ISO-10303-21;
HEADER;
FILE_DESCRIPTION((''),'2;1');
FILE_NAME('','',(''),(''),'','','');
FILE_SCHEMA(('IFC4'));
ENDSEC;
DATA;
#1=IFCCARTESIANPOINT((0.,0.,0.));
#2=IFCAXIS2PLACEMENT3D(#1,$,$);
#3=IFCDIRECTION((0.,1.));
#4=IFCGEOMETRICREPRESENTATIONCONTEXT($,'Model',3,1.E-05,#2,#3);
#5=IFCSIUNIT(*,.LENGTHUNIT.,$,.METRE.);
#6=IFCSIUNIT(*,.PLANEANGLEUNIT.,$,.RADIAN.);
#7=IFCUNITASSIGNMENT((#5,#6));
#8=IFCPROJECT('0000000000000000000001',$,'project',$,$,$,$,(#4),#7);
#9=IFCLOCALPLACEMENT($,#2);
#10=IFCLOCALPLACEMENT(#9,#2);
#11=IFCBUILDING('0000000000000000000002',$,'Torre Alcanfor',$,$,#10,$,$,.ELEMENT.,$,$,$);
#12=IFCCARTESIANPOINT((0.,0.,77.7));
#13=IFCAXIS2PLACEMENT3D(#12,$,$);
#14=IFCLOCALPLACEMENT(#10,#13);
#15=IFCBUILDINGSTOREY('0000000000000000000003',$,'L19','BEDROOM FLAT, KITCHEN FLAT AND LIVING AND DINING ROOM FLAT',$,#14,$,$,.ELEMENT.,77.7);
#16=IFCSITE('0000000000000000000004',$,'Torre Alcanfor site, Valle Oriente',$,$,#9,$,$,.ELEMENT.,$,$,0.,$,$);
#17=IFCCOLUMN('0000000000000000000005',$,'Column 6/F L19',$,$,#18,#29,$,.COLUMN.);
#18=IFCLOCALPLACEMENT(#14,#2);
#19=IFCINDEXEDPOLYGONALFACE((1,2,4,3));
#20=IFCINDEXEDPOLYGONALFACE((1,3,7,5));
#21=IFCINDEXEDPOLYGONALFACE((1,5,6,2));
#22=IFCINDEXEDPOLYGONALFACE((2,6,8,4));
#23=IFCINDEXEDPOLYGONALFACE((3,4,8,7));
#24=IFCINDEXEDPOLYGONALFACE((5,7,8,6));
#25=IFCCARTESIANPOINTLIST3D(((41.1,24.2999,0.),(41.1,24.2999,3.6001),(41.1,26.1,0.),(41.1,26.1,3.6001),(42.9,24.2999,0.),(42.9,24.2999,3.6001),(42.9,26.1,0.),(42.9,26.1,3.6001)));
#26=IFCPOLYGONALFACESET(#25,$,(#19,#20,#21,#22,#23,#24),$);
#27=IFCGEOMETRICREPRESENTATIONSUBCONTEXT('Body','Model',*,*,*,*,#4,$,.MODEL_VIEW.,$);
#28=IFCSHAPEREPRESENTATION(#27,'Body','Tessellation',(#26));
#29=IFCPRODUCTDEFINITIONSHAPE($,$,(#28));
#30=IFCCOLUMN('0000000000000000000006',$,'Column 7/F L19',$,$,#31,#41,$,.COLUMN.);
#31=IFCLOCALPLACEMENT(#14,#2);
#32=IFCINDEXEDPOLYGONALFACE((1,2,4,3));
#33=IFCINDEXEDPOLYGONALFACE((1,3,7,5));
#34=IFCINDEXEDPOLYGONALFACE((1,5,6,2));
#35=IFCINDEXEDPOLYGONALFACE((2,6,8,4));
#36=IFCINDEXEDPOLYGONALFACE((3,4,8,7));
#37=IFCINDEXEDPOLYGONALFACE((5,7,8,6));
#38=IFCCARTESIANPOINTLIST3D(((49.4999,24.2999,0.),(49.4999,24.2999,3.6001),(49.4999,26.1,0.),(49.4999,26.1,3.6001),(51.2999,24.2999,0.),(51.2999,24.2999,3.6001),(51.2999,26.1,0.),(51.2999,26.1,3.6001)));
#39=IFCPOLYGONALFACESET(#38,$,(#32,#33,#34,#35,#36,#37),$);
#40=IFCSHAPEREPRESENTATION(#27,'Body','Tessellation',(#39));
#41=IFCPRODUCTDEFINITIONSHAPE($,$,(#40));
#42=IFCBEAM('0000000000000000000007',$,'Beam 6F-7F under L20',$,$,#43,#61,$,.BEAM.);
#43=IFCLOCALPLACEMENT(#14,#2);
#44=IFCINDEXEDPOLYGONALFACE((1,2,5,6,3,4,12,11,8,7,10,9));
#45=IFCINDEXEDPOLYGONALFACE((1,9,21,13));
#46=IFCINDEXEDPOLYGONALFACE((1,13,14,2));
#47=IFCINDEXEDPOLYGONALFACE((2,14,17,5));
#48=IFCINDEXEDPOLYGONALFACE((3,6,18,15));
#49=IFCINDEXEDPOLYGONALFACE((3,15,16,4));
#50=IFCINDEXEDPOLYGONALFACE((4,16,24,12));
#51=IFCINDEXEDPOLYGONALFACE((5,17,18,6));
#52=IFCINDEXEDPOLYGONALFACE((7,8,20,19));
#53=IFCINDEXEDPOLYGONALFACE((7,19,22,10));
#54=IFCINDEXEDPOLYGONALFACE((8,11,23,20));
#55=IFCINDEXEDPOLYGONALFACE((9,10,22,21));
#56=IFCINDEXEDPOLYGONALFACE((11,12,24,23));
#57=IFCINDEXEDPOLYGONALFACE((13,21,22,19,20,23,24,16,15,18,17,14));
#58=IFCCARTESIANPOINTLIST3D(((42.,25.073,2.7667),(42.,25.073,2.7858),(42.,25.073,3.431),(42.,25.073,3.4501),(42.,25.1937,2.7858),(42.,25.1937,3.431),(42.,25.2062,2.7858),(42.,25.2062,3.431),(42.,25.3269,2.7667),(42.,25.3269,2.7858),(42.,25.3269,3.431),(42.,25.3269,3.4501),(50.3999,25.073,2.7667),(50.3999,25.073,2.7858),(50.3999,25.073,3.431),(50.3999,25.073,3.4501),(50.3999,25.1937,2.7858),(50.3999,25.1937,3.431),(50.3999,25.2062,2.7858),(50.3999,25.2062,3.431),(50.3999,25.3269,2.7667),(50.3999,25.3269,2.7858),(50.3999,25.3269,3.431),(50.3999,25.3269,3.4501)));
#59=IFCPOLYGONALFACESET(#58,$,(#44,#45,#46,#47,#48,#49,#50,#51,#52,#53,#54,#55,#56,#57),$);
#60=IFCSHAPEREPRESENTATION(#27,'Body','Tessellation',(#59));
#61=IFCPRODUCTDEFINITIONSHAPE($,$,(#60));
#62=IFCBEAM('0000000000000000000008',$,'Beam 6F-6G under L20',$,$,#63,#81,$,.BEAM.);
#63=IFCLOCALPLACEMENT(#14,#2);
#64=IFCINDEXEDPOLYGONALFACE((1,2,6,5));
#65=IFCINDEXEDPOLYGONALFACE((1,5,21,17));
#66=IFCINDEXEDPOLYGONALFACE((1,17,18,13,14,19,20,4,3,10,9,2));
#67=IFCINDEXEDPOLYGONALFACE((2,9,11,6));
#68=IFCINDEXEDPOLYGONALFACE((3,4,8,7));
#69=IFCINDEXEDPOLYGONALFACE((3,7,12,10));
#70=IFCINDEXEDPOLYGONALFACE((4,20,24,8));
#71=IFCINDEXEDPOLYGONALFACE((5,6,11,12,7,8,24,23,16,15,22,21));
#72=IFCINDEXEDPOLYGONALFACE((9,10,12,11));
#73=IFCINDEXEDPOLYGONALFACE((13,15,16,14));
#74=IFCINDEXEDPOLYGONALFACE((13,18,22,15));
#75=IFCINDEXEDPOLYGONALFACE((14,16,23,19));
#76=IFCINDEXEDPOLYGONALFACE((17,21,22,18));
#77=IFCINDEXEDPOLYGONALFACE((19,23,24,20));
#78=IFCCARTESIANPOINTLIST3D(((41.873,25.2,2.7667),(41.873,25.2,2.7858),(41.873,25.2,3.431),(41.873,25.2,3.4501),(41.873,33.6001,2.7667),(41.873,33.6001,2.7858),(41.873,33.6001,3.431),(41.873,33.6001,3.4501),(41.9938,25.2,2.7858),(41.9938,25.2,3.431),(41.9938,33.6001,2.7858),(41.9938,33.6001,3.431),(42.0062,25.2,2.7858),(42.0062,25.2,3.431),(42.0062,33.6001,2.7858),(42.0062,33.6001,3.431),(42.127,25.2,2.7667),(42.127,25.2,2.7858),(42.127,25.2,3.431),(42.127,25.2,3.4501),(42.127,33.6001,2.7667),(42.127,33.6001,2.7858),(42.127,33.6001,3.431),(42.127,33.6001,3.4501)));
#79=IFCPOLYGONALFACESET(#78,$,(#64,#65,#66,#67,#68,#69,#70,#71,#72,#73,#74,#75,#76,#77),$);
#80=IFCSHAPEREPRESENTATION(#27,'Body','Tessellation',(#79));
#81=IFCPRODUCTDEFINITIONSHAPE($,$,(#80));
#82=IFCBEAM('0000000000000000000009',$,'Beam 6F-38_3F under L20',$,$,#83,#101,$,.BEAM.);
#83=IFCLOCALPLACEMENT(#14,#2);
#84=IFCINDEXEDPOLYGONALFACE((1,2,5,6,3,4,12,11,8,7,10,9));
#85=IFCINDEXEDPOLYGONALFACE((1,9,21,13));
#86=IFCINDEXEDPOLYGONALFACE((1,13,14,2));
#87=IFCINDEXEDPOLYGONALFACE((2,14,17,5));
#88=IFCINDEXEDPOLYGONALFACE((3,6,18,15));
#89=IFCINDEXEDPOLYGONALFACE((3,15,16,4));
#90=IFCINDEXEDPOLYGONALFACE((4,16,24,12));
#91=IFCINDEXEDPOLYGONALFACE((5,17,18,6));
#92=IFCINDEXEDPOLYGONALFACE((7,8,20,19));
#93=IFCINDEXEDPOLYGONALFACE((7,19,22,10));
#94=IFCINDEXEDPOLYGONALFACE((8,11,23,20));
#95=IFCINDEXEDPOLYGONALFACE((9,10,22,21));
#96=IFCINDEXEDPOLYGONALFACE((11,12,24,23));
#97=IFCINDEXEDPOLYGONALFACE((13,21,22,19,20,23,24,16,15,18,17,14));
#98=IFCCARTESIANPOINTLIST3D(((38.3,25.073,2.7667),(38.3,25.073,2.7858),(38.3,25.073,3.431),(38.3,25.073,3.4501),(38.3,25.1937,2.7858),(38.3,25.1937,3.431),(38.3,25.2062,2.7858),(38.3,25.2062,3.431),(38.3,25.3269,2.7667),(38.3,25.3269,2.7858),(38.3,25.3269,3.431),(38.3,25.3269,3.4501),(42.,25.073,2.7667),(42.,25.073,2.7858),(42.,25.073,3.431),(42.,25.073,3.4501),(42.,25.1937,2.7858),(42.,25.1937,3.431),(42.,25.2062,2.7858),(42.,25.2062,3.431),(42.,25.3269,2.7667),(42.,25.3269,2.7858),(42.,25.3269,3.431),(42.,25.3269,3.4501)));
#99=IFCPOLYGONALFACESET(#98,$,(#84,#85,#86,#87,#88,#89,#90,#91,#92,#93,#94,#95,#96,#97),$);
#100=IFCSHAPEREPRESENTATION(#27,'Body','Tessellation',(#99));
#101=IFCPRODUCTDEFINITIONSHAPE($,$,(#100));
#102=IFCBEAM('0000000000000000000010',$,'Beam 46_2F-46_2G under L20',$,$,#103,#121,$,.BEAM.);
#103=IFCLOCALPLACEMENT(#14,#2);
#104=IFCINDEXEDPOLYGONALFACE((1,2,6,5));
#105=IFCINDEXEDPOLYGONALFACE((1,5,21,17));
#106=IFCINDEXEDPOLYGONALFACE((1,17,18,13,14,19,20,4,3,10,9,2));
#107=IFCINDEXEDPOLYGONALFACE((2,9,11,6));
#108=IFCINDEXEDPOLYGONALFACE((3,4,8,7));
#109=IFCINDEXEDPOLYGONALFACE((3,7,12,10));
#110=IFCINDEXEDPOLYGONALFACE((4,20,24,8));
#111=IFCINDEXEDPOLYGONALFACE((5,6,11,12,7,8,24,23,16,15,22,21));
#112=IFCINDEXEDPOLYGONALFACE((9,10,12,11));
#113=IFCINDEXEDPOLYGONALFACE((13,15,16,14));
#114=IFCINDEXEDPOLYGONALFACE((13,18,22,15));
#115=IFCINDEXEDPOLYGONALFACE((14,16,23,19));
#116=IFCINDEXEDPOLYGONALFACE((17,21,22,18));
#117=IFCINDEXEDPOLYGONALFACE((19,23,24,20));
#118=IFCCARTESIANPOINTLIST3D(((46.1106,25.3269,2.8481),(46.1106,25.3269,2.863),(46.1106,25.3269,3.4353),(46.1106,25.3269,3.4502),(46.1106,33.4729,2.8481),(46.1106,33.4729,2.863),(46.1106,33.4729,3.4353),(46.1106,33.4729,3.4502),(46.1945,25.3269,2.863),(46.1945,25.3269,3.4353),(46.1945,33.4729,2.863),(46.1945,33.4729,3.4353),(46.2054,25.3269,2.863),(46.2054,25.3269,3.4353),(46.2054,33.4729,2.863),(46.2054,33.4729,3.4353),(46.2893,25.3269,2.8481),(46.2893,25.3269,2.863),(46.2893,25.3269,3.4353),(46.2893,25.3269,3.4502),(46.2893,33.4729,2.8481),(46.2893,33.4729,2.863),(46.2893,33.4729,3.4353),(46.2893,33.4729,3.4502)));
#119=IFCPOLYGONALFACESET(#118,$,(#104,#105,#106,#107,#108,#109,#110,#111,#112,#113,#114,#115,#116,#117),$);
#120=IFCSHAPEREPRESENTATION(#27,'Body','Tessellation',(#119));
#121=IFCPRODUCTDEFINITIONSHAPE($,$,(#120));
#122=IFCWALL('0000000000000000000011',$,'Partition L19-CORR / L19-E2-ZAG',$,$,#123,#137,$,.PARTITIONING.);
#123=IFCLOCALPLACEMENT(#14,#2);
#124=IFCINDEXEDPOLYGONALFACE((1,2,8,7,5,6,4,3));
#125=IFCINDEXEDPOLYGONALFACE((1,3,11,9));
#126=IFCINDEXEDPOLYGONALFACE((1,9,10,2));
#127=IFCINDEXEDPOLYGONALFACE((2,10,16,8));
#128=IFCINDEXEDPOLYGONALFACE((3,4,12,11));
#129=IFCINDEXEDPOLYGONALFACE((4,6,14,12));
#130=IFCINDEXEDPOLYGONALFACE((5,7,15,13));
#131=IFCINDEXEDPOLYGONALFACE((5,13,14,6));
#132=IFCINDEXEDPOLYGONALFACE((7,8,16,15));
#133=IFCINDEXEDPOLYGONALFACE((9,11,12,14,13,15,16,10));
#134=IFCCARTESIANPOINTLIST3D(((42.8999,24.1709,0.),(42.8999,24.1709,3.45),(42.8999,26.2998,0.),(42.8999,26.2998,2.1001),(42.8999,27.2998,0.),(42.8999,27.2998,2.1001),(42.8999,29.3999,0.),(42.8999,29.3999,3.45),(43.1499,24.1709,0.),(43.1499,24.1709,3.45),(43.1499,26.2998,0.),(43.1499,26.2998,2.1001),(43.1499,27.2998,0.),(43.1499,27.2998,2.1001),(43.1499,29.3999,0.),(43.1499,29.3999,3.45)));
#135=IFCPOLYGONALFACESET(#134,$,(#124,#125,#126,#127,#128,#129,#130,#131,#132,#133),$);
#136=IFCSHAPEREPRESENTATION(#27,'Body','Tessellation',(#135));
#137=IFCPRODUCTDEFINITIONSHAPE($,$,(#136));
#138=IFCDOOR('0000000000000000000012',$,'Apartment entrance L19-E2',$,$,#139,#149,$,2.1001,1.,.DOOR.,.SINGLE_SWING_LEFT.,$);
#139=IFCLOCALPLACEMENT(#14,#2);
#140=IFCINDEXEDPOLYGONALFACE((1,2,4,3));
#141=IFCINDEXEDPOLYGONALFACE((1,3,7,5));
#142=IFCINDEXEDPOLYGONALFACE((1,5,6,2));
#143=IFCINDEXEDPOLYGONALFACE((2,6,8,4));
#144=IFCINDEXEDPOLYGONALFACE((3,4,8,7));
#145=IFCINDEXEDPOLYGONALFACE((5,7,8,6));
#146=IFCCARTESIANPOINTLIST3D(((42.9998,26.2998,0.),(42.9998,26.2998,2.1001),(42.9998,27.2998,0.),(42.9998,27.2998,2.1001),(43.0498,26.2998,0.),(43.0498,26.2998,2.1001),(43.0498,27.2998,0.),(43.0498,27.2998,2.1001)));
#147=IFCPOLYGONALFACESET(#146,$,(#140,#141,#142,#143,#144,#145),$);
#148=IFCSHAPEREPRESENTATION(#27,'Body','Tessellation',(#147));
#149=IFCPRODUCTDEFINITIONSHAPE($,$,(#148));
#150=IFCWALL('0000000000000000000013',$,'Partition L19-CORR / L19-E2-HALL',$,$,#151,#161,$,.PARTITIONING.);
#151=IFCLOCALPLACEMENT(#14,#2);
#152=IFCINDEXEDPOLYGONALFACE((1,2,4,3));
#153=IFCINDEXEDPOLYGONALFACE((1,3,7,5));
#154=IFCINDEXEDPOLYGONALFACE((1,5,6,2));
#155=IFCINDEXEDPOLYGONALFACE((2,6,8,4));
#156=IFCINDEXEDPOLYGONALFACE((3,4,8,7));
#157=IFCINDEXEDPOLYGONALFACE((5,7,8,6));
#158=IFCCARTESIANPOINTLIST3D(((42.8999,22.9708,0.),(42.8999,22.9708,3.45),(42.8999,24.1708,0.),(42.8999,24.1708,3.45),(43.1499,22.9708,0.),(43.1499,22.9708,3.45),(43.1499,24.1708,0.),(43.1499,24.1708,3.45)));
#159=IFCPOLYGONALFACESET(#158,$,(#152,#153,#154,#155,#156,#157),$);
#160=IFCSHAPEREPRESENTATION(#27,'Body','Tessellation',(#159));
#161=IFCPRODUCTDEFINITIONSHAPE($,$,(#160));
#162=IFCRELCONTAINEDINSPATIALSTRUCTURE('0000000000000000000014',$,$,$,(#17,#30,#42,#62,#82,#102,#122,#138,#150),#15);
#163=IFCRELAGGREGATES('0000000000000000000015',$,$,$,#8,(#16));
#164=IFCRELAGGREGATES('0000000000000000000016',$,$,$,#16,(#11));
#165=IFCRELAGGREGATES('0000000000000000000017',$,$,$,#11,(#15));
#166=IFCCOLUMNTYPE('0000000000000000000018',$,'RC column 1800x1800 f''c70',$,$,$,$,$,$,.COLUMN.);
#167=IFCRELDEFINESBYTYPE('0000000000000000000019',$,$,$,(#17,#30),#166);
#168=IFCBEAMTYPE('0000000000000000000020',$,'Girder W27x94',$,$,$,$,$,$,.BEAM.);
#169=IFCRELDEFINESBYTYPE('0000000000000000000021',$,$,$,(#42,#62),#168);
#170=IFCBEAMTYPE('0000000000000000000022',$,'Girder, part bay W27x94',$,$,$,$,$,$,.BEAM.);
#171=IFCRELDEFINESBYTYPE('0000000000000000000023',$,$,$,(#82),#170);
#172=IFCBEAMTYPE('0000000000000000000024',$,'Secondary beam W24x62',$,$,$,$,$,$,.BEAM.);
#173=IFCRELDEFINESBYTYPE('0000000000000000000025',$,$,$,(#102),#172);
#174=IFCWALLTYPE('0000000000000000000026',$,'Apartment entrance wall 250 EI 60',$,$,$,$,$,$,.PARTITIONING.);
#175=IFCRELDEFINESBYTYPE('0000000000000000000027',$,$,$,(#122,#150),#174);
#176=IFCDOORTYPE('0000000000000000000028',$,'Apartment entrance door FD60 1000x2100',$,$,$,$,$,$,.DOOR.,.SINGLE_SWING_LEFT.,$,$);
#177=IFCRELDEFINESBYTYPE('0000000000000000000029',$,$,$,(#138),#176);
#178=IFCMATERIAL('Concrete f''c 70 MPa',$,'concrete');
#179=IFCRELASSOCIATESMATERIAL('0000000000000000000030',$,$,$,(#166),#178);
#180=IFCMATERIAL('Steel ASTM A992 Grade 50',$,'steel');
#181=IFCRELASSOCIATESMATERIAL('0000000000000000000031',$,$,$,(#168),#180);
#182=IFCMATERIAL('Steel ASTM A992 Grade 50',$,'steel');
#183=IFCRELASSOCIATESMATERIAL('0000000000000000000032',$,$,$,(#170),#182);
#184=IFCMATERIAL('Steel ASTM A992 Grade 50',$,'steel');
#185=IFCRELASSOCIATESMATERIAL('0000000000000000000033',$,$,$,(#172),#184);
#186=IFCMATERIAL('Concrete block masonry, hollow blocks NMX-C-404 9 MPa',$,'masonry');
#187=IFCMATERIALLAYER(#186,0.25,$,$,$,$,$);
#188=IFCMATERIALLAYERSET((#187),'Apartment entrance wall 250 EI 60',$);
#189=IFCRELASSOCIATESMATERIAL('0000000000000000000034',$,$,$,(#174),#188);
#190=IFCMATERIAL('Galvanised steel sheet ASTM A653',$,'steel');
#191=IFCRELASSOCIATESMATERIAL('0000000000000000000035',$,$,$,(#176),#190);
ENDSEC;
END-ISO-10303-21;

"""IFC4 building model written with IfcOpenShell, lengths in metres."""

from ifc_helpers import new_model, si_unit, direction, frame, frame_2d, origin, origin_2d, place, context, subcontext, project, spatial, rectangle, i_section, extrude, material, layer, layer_set, material_profile, profile_set, type_object, element, fill, save


model = new_model("IFC4")

# Units and contexts
model_context = context("Model", 3, precision=1e-05, world=origin(), true_north=direction((0.0, 1.0)))
body_context = subcontext(model_context, "Body", "Model", "MODEL_VIEW")
ifc_project = project(units=[si_unit("LENGTHUNIT", "METRE"), si_unit("PLANEANGLEUNIT", "RADIAN")], contexts=[model_context])

# Site, building, storey
site_placement = place(None, origin())
site = spatial("IfcSite", under=ifc_project, at=site_placement, Name="Torre Alcanfor site, Valle Oriente", CompositionType="ELEMENT", RefElevation=0.0)
building_placement = place(site_placement, origin())
building = spatial("IfcBuilding", under=site, at=building_placement, Name="Torre Alcanfor", CompositionType="ELEMENT")
storey_placement = place(building_placement, frame((0.0, 0.0, 77.7)))
storey = spatial("IfcBuildingStorey", under=building, at=storey_placement, Name="L19", Description="BEDROOM FLAT, KITCHEN FLAT AND LIVING AND DINING ROOM FLAT", CompositionType="ELEMENT", Elevation=77.7)

# Columns
ifc_material_1 = material(Name="Concrete f'c 70 MPa", Category="concrete")
ifc_material_profile_1 = material_profile(ifc_material_1, rectangle(XDim=1.8, YDim=1.8, at=origin_2d()), Name="1800x1800")
ifc_profile_set_1 = profile_set([ifc_material_profile_1], Name="Concrete f'c 70 MPa")
column_type = type_object("IfcColumnType", Name="RC column 1800x1800 f'c70", PredefinedType="COLUMN", material=ifc_profile_set_1)
for number, where, z_axis, x_axis, name in (
    (1, (42.0, 25.2, 0.0), (0.0, 0.0, 1.0), (1.0, 0.0, 0.0), "Column 6/F L19"),
    (2, (50.3999, 25.2, 0.0), (0.0, 0.0, 1.0), (1.0, 0.0, 0.0), "Column 7/F L19"),
):
    element("IfcColumn", number, at=place(storey_placement, frame(where, z_axis=z_axis, x_axis=x_axis)), inside=storey, type_object=column_type, Name=name, PredefinedType="COLUMN", context=body_context, shape_type="SweptSolid", body=[
        extrude(rectangle(XDim=1.8, YDim=1.8, at=origin_2d()), origin(), (0.0, 0.0, 1.0), 3.6001),
    ])

# Beams
ifc_material_2 = material(Name="Steel ASTM A992 Grade 50", Category="steel")
ifc_material_profile_2 = material_profile(ifc_material_2, i_section(OverallWidth=0.2539, OverallDepth=0.6833, WebThickness=0.0125, FlangeThickness=0.019, at=origin_2d()), Name="W27x94")
ifc_profile_set_2 = profile_set([ifc_material_profile_2], Name="Steel ASTM A992 Grade 50")
beam_type_1 = type_object("IfcBeamType", Name="Girder W27x94", PredefinedType="BEAM", material=ifc_profile_set_2)
beam_1_placement = place(storey_placement, frame((42.0, 25.2, 3.1084), z_axis=(1.0, 0.0, 0.0), x_axis=(0.0, 1.0, 0.0)))
element("IfcBeam", 3, at=beam_1_placement, inside=storey, type_object=beam_type_1, Name="Beam 6F-7F under L20", PredefinedType="BEAM", context=body_context, shape_type="SweptSolid", body=[
    extrude(i_section(OverallWidth=0.2539, OverallDepth=0.6833, WebThickness=0.0125, FlangeThickness=0.019, at=origin_2d()), origin(), (0.0, 0.0, 1.0), 8.3999),
])
beam_2_placement = place(storey_placement, frame((42.0, 25.2, 3.1084), z_axis=(0.0, 1.0, 0.0), x_axis=(-1.0, 0.0, 0.0)))
element("IfcBeam", 4, at=beam_2_placement, inside=storey, type_object=beam_type_1, Name="Beam 6F-6G under L20", PredefinedType="BEAM", context=body_context, shape_type="SweptSolid", body=[
    extrude(i_section(OverallWidth=0.2539, OverallDepth=0.6833, WebThickness=0.0125, FlangeThickness=0.019, at=origin_2d()), origin(), (0.0, 0.0, 1.0), 8.4001),
])
ifc_material_3 = material(Name="Steel ASTM A992 Grade 50", Category="steel")
ifc_material_profile_3 = material_profile(ifc_material_3, i_section(OverallWidth=0.2539, OverallDepth=0.6833, WebThickness=0.0125, FlangeThickness=0.019, at=origin_2d()), Name="W27x94")
ifc_profile_set_3 = profile_set([ifc_material_profile_3], Name="Steel ASTM A992 Grade 50")
beam_type_2 = type_object("IfcBeamType", Name="Girder, part bay W27x94", PredefinedType="BEAM", material=ifc_profile_set_3)
beam_3_placement = place(storey_placement, frame((42.0, 25.2, 3.1084), z_axis=(-1.0, 0.0, 0.0), x_axis=(0.0, -1.0, 0.0)))
element("IfcBeam", 5, at=beam_3_placement, inside=storey, type_object=beam_type_2, Name="Beam 6F-38_3F under L20", PredefinedType="BEAM", context=body_context, shape_type="SweptSolid", body=[
    extrude(i_section(OverallWidth=0.2539, OverallDepth=0.6833, WebThickness=0.0125, FlangeThickness=0.019, at=origin_2d()), origin(), (0.0, 0.0, 1.0), 3.7),
])
ifc_material_4 = material(Name="Steel ASTM A992 Grade 50", Category="steel")
ifc_material_profile_4 = material_profile(ifc_material_4, i_section(OverallWidth=0.1787, OverallDepth=0.6021, WebThickness=0.011, FlangeThickness=0.0149, at=origin_2d()), Name="W24x62")
ifc_profile_set_4 = profile_set([ifc_material_profile_4], Name="Steel ASTM A992 Grade 50")
beam_type_3 = type_object("IfcBeamType", Name="Secondary beam W24x62", PredefinedType="BEAM", material=ifc_profile_set_4)
beam_4_placement = place(storey_placement, frame((46.2, 25.3269, 3.1492), z_axis=(0.0, 1.0, 0.0), x_axis=(-1.0, 0.0, 0.0)))
element("IfcBeam", 6, at=beam_4_placement, inside=storey, type_object=beam_type_3, Name="Beam 46_2F-46_2G under L20", PredefinedType="BEAM", context=body_context, shape_type="SweptSolid", body=[
    extrude(i_section(OverallWidth=0.1787, OverallDepth=0.6021, WebThickness=0.011, FlangeThickness=0.0149, at=origin_2d()), origin(), (0.0, 0.0, 1.0), 8.146),
])

# Wall, opening, door
ifc_material_5 = material(Name="Concrete block masonry, hollow blocks NMX-C-404 9 MPa", Category="masonry")
ifc_layer_1 = layer(ifc_material_5, 0.25)
ifc_layer_set_1 = layer_set([ifc_layer_1], Name="Apartment entrance wall 250 EI 60")
wall_type_1 = type_object("IfcWallType", Name="Apartment entrance wall 250 EI 60", PredefinedType="PARTITIONING", material=ifc_layer_set_1)
wall_1_placement = place(storey_placement, frame((43.0249, 29.3999, 0.0), z_axis=(0.0, 0.0, 1.0), x_axis=(0.0, -1.0, 0.0)))
wall_1 = element("IfcWall", 7, at=wall_1_placement, inside=storey, type_object=wall_type_1, Name="Partition L19-CORR / L19-E2-ZAG", PredefinedType="PARTITIONING", context=body_context, shape_type="SweptSolid", body=[
    extrude(rectangle(XDim=5.229, YDim=0.25, at=frame_2d((2.6145, 0.0))), origin(), (0.0, 0.0, 1.0), 3.45),
])
opening_1_placement = place(wall_1_placement, frame((2.1001, 0.0, 0.0)))
opening_1 = element("IfcOpeningElement", 8, at=opening_1_placement, cuts=wall_1, PredefinedType="OPENING", context=body_context, shape_type="SweptSolid", body=[
    extrude(rectangle(XDim=1.0, YDim=2.1001, at=frame_2d((0.5, 1.05))), frame((0.0, 0.135, 0.0), z_axis=(0.0, -1.0, 0.0), x_axis=(1.0, 0.0, 0.0)), (0.0, 0.0, 1.0), 0.27),
])
ifc_material_6 = material(Name="Galvanised steel sheet ASTM A653", Category="steel")
door_type_1 = type_object("IfcDoorType", Name="Apartment entrance door FD60 1000x2100", OperationType="SINGLE_SWING_LEFT", PredefinedType="DOOR", material=ifc_material_6)
door_1_placement = place(opening_1_placement, origin())
door_1 = element("IfcDoor", 9, at=door_1_placement, inside=storey, type_object=door_type_1, Name="Apartment entrance L19-E2", OperationType="SINGLE_SWING_LEFT", OverallHeight=2.1001, OverallWidth=1.0, PredefinedType="DOOR", context=body_context, shape_type="SweptSolid", body=[
    extrude(rectangle(XDim=1.0, YDim=2.1001, at=frame_2d((0.5, 1.05))), frame((0.0, 0.0249, 0.0), z_axis=(0.0, -1.0, 0.0), x_axis=(1.0, 0.0, 0.0)), (0.0, 0.0, 1.0), 0.05),
])
fill(opening_1, door_1)

# Wall
wall_2_placement = place(storey_placement, frame((43.0249, 24.1709, 0.0), z_axis=(0.0, 0.0, 1.0), x_axis=(0.0, -1.0, 0.0)))
element("IfcWall", 10, at=wall_2_placement, inside=storey, type_object=wall_type_1, Name="Partition L19-CORR / L19-E2-HALL", PredefinedType="PARTITIONING", context=body_context, shape_type="SweptSolid", body=[
    extrude(rectangle(XDim=1.2, YDim=0.25, at=frame_2d((0.6001, 0.0))), origin(), (0.0, 0.0, 1.0), 3.45),
])

save(model, "model.ifc")
